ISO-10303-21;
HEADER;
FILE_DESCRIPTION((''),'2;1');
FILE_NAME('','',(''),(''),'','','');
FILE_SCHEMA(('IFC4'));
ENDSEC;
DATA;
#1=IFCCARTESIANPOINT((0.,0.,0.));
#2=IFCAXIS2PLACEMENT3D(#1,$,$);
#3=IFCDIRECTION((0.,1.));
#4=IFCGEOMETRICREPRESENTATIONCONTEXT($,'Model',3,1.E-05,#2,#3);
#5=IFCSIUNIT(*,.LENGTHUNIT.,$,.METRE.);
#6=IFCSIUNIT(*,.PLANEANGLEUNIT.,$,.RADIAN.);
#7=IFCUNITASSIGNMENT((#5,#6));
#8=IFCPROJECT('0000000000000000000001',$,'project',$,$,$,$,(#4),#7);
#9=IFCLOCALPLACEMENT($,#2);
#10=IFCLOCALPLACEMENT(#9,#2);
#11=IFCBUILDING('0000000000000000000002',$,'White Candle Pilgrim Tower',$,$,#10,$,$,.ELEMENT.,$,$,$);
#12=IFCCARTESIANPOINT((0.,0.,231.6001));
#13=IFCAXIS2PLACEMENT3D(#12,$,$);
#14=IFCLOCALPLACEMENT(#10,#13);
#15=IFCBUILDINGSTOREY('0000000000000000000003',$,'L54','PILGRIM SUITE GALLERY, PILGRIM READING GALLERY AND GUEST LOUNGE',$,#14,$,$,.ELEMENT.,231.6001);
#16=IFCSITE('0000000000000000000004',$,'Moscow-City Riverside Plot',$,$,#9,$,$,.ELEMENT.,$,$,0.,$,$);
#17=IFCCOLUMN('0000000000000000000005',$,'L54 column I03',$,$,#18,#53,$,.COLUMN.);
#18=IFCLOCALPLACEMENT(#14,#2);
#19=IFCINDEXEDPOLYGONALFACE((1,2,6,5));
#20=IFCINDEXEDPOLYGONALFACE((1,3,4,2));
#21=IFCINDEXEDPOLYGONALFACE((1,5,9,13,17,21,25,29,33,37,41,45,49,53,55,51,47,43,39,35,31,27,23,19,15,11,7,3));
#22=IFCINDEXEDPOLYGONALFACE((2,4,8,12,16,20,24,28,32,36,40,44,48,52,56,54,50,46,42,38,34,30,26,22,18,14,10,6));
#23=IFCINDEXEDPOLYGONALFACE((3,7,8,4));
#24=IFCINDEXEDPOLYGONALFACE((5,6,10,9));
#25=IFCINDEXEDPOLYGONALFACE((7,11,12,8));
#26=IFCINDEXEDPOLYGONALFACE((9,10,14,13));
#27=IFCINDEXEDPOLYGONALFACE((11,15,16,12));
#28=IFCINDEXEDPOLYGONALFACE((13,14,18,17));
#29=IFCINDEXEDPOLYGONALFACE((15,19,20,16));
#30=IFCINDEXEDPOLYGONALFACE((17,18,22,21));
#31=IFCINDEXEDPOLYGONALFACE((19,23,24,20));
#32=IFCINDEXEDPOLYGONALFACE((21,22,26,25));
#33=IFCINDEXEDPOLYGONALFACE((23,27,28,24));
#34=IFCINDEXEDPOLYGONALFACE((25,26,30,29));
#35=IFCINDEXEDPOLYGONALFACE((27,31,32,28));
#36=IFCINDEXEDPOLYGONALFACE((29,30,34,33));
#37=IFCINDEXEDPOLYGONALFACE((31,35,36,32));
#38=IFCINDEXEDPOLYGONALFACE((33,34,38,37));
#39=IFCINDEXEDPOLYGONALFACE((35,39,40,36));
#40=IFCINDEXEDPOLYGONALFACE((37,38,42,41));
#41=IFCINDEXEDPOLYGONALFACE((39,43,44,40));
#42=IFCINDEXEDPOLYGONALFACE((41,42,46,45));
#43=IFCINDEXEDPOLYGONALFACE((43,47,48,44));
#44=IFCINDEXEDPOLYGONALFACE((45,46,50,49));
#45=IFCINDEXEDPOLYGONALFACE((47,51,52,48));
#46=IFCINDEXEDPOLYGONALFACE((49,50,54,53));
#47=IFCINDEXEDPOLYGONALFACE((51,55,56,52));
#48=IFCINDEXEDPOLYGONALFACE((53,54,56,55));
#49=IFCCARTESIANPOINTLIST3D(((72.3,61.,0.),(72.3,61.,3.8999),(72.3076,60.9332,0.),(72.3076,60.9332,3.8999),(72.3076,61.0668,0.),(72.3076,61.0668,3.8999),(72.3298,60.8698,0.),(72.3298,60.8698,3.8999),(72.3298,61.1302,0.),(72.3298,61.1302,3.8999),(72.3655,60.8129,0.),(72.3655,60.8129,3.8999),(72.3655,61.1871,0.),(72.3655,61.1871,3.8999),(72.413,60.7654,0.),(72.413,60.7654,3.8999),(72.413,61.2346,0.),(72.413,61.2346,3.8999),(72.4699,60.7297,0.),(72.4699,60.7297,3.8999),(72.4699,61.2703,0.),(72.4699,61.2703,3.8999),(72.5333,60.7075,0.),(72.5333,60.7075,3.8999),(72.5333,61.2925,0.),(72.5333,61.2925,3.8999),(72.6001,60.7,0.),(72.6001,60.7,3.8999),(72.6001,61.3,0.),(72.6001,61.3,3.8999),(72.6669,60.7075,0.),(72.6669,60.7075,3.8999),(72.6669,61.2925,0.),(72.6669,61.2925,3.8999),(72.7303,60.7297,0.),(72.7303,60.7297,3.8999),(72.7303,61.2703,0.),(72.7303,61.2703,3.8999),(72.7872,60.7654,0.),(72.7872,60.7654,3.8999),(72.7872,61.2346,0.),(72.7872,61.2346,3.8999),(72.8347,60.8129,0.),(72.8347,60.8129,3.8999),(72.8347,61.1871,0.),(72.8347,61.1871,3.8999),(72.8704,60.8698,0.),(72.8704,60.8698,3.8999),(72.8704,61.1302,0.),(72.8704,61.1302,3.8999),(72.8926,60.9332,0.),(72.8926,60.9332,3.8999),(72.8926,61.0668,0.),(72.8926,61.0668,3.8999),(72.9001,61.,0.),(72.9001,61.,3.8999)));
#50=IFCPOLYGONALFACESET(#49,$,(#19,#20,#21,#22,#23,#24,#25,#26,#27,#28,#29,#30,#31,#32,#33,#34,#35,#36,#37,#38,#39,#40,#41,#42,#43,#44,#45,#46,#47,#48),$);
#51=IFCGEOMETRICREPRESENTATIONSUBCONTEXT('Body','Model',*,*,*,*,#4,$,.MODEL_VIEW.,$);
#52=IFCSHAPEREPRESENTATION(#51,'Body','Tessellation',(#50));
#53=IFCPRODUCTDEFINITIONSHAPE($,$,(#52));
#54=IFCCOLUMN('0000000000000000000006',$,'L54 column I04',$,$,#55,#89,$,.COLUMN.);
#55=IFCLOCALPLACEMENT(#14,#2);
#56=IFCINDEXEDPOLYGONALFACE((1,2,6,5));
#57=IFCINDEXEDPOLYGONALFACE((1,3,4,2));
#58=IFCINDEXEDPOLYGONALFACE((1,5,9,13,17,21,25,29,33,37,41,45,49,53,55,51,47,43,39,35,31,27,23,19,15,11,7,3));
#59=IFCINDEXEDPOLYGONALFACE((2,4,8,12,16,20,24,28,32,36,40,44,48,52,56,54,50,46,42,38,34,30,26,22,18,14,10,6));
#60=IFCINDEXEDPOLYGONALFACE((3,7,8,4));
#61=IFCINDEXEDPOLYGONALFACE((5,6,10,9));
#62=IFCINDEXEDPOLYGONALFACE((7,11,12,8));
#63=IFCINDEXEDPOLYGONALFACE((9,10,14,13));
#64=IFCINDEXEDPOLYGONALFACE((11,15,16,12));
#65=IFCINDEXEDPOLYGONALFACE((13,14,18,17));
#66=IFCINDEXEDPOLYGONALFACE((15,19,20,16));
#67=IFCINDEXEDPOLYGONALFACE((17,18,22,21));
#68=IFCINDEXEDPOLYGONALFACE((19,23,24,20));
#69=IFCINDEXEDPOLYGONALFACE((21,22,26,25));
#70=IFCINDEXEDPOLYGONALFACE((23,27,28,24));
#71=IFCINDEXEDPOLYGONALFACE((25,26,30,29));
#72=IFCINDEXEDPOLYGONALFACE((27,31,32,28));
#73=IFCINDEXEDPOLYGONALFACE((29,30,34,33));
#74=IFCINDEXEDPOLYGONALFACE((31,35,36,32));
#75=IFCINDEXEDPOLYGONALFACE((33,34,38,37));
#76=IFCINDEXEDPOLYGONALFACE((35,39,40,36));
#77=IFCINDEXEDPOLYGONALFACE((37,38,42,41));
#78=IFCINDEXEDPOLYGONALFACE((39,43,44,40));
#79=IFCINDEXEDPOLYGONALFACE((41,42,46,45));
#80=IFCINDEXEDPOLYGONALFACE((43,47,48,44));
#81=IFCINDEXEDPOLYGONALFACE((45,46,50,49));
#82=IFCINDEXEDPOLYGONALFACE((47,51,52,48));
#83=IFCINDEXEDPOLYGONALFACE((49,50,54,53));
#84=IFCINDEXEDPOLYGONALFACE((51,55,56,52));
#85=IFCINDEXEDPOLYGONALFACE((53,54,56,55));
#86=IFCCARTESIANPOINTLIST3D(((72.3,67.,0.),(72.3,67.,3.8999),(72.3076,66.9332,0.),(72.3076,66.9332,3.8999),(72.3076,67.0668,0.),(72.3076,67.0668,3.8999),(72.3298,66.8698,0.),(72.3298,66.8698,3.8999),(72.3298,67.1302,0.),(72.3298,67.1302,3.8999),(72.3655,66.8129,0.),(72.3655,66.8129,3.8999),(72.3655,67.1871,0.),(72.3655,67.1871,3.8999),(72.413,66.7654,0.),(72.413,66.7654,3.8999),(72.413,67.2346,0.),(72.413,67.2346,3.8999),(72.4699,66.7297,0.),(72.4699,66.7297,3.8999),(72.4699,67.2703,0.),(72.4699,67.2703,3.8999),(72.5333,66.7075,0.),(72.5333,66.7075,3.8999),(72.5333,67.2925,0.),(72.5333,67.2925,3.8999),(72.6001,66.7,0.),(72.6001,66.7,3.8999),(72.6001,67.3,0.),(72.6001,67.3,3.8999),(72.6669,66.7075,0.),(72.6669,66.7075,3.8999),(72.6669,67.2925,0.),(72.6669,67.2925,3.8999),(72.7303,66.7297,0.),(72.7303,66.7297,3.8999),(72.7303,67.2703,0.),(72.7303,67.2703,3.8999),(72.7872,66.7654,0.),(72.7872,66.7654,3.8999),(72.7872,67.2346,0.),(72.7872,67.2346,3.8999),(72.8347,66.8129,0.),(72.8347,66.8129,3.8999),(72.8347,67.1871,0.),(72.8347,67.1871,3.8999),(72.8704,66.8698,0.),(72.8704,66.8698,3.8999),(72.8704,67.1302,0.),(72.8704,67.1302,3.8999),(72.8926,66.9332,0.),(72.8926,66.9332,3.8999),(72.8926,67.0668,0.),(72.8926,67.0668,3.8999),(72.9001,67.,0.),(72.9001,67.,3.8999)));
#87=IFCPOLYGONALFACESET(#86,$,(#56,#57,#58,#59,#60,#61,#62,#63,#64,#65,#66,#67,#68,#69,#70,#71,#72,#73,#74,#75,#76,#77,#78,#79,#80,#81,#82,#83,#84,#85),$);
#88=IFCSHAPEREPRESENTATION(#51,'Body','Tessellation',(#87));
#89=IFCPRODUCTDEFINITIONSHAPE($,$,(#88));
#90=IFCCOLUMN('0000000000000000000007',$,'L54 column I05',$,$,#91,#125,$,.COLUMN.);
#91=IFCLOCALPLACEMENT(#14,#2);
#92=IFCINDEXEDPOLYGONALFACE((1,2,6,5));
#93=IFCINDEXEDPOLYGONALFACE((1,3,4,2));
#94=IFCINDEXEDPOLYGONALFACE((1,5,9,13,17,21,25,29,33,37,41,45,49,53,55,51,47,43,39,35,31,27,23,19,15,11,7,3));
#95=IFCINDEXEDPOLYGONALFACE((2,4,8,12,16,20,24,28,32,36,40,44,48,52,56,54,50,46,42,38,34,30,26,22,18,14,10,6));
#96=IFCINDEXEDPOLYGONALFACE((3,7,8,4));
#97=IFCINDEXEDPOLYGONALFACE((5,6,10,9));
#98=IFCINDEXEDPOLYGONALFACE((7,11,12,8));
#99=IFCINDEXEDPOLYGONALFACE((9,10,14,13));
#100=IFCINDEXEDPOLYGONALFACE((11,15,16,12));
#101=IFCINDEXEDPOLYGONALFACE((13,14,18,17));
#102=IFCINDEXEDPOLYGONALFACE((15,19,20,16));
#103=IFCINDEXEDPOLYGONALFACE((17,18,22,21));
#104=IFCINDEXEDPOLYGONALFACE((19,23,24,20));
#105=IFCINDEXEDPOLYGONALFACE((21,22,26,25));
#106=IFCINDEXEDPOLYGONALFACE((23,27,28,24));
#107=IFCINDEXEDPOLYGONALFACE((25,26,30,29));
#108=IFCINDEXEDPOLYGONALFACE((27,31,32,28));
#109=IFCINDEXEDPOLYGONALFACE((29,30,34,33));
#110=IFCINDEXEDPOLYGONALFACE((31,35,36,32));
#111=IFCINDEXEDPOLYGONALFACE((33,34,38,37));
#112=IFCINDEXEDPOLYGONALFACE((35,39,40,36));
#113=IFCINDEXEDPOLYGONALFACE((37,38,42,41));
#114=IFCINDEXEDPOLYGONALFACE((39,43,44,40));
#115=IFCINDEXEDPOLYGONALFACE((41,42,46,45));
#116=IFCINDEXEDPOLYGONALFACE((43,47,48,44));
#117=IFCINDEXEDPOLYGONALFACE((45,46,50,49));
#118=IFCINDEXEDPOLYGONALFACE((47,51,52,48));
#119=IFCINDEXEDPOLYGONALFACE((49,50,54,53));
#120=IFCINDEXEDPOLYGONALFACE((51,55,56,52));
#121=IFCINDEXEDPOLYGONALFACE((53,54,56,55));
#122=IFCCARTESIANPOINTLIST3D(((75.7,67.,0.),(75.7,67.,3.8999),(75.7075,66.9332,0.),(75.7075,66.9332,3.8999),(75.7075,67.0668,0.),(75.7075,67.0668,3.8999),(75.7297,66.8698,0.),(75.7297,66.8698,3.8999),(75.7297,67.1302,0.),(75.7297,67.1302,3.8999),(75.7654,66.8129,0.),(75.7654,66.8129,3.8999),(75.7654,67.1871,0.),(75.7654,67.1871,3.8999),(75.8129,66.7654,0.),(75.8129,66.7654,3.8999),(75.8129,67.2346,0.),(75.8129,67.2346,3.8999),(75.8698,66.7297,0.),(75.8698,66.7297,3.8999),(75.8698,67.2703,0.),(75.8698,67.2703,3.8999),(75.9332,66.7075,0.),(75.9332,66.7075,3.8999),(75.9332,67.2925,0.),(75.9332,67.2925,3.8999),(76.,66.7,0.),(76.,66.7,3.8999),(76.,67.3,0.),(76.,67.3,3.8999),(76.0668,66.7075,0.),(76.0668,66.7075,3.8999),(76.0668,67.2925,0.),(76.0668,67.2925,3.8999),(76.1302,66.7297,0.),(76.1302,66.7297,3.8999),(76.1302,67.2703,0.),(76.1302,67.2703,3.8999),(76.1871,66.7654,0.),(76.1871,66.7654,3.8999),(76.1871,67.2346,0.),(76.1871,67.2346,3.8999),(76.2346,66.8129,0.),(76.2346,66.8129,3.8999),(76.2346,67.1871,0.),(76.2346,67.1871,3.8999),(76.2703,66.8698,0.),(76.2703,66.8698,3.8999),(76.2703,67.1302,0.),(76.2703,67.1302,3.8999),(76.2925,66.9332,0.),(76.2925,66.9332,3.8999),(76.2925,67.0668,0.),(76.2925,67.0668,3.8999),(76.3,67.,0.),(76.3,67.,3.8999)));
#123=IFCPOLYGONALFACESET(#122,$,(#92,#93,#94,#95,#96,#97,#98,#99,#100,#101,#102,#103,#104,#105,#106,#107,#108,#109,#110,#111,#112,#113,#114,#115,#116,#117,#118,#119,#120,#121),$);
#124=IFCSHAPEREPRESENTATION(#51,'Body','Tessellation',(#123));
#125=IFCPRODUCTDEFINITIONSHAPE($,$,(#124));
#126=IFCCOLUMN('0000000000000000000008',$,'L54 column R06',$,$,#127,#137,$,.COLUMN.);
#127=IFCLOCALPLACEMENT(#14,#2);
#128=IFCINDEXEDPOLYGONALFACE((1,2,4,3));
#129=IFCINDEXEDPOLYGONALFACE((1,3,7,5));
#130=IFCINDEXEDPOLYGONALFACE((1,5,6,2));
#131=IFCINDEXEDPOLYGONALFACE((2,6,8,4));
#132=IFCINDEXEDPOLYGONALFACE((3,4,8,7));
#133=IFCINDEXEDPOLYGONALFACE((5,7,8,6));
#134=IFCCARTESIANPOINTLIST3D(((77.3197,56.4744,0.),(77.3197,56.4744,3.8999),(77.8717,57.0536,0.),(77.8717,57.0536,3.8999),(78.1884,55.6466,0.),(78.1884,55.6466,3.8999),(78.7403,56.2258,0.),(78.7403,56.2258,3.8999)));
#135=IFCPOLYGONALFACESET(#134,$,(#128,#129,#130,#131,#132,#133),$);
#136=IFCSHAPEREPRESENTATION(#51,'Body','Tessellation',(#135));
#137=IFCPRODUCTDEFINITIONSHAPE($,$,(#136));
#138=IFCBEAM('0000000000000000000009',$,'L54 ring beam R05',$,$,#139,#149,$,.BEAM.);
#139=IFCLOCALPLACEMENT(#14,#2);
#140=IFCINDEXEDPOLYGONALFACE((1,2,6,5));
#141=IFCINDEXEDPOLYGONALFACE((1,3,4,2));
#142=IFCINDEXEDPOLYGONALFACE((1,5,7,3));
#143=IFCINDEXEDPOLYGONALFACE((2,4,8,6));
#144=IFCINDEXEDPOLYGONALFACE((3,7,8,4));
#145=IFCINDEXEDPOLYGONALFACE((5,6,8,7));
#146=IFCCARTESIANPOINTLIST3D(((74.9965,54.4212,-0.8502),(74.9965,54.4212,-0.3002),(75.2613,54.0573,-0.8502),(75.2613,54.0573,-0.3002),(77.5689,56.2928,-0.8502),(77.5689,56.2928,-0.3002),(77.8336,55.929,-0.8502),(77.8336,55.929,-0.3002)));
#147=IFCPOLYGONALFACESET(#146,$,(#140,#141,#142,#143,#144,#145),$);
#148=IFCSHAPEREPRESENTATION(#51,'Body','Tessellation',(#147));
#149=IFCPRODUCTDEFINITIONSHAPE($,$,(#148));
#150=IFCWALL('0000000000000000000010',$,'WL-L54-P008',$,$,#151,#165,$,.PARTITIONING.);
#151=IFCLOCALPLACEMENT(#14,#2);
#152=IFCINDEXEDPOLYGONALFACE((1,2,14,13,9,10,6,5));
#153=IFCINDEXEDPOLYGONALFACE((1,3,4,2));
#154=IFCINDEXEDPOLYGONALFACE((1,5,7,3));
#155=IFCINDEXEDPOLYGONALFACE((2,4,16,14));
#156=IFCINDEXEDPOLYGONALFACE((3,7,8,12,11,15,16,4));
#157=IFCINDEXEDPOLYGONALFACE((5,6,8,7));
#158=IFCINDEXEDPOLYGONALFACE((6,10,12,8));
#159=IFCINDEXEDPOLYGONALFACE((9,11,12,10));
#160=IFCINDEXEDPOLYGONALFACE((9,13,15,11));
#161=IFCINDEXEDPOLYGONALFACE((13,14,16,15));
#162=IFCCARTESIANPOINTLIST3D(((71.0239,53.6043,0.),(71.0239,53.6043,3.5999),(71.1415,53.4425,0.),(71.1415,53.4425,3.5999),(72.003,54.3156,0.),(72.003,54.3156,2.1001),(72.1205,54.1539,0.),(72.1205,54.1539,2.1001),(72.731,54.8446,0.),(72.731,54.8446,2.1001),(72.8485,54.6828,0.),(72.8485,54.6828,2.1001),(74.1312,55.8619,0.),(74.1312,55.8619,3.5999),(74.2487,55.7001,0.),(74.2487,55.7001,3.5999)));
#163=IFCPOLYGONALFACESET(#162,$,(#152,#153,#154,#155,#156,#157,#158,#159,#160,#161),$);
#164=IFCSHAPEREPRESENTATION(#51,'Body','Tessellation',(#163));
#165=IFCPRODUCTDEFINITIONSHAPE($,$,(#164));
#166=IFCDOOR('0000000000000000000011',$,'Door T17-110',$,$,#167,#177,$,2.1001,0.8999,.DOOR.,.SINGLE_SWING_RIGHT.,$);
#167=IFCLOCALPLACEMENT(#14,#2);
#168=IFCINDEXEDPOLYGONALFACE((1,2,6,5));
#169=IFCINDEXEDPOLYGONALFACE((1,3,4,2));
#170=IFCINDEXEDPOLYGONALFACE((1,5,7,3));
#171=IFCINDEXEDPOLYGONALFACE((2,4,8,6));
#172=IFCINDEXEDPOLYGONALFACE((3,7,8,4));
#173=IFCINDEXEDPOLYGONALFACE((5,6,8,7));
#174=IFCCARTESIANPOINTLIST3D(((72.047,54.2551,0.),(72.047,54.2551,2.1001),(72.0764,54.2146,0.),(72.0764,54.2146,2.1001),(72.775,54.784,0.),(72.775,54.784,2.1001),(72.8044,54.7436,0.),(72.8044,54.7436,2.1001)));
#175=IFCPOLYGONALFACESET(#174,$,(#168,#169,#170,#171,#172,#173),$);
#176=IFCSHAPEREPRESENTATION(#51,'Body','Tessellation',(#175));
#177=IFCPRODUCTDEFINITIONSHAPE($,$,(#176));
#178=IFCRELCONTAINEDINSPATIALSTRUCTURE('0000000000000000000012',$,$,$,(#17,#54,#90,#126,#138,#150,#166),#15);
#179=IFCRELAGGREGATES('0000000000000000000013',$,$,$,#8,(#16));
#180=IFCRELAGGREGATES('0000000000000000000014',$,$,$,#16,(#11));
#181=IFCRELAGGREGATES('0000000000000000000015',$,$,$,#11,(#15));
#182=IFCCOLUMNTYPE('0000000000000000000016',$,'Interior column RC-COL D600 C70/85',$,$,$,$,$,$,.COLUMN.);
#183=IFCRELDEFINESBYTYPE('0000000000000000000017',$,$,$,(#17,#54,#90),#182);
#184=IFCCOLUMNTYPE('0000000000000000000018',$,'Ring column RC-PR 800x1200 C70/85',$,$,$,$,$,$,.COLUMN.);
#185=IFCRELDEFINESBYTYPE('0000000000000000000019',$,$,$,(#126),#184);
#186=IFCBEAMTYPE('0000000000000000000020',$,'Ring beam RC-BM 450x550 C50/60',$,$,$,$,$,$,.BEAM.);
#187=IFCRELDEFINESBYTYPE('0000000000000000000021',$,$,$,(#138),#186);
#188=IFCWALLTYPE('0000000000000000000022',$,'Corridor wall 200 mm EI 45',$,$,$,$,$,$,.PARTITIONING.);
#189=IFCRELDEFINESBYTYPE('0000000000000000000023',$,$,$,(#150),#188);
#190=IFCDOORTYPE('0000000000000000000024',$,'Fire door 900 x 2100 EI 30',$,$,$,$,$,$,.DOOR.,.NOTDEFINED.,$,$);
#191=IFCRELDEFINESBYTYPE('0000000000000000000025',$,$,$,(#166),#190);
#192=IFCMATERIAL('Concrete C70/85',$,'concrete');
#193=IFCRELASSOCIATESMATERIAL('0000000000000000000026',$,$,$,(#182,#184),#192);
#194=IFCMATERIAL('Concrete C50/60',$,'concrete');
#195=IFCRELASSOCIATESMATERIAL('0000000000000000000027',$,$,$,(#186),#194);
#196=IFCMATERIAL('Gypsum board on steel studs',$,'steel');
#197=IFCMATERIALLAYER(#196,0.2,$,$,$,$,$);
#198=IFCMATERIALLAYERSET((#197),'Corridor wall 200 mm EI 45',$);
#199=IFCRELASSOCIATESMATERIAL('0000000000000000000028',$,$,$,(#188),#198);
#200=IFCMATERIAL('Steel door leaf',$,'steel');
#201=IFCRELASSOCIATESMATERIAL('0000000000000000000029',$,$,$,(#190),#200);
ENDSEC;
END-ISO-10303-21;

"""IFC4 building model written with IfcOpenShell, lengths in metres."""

from ifc_helpers import new_model, si_unit, direction, frame, frame_2d, origin, origin_2d, place, context, subcontext, project, spatial, rectangle, circle, extrude, material, layer, layer_set, material_profile, profile_set, type_object, element, fill, save


model = new_model("IFC4")

# Units and contexts
model_context = context("Model", 3, precision=1e-05, world=origin(), true_north=direction((0.0, 1.0)))
body_context = subcontext(model_context, "Body", "Model", "MODEL_VIEW")
ifc_project = project(units=[si_unit("LENGTHUNIT", "METRE"), si_unit("PLANEANGLEUNIT", "RADIAN")], contexts=[model_context])

# Site, building, storey
site_placement = place(None, origin())
site = spatial("IfcSite", under=ifc_project, at=site_placement, Name="Moscow-City Riverside Plot", CompositionType="ELEMENT", RefElevation=0.0)
building_placement = place(site_placement, origin())
building = spatial("IfcBuilding", under=site, at=building_placement, Name="White Candle Pilgrim Tower", CompositionType="ELEMENT")
storey_placement = place(building_placement, frame((0.0, 0.0, 231.6001)))
storey = spatial("IfcBuildingStorey", under=building, at=storey_placement, Name="L54", Description="PILGRIM SUITE GALLERY, PILGRIM READING GALLERY AND GUEST LOUNGE", CompositionType="ELEMENT", Elevation=231.6001)

# Columns
ifc_material_1 = material(Name="Concrete C70/85", Category="concrete")
ifc_material_profile_1 = material_profile(ifc_material_1, circle(Radius=0.3, at=origin_2d()), Name="RC-COL D600")
ifc_profile_set_1 = profile_set([ifc_material_profile_1], Name="Concrete C70/85")
column_type_1 = type_object("IfcColumnType", Name="Interior column RC-COL D600 C70/85", PredefinedType="COLUMN", material=ifc_profile_set_1)
for number, where, z_axis, x_axis, name in (
    (1, (72.6001, 61.0, 0.0), (0.0, 0.0, 1.0), (1.0, 0.0, 0.0), "L54 column I03"),
    (2, (72.6001, 67.0, 0.0), (0.0, 0.0, 1.0), (1.0, 0.0, 0.0), "L54 column I04"),
    (3, (76.0, 67.0, 0.0), (0.0, 0.0, 1.0), (1.0, 0.0, 0.0), "L54 column I05"),
):
    element("IfcColumn", number, at=place(storey_placement, frame(where, z_axis=z_axis, x_axis=x_axis)), inside=storey, type_object=column_type_1, Name=name, PredefinedType="COLUMN", context=body_context, shape_type="SweptSolid", body=[
        extrude(circle(Radius=0.3, at=origin_2d()), origin(), (0.0, 0.0, 1.0), 3.8999),
    ])
ifc_material_profile_2 = material_profile(ifc_material_1, rectangle(XDim=0.8, YDim=1.2, at=origin_2d()), Name="RC-PR 800x1200")
ifc_profile_set_2 = profile_set([ifc_material_profile_2], Name="Concrete C70/85")
column_type_2 = type_object("IfcColumnType", Name="Ring column RC-PR 800x1200 C70/85", PredefinedType="COLUMN", material=ifc_profile_set_2)
column_placement = place(storey_placement, frame((78.03, 56.3501, 0.0), z_axis=(0.0, 0.0, 1.0), x_axis=(-0.689872, -0.723931, 0.0)))
element("IfcColumn", 4, at=column_placement, inside=storey, type_object=column_type_2, Name="L54 column R06", PredefinedType="COLUMN", context=body_context, shape_type="SweptSolid", body=[
    extrude(rectangle(XDim=0.8, YDim=1.2, at=origin_2d()), origin(), (0.0, 0.0, 1.0), 3.8999),
])

# Beam
ifc_material_2 = material(Name="Concrete C50/60", Category="concrete")
ifc_material_profile_3 = material_profile(ifc_material_2, rectangle(XDim=0.45, YDim=0.55, at=origin_2d()), Name="RC-BM 450x550")
ifc_profile_set_3 = profile_set([ifc_material_profile_3], Name="Concrete C50/60")
beam_type = type_object("IfcBeamType", Name="Ring beam RC-BM 450x550 C50/60", PredefinedType="BEAM", material=ifc_profile_set_3)
beam_placement = place(storey_placement, frame((75.1289, 54.2393, -0.5752), z_axis=(0.80861, 0.588345, 0.0), x_axis=(-0.588345, 0.80861, 0.0)))
element("IfcBeam", 5, at=beam_placement, inside=storey, type_object=beam_type, Name="L54 ring beam R05", PredefinedType="BEAM", context=body_context, shape_type="SweptSolid", body=[
    extrude(rectangle(XDim=0.45, YDim=0.55, at=origin_2d()), origin(), (0.0, 0.0, 1.0), 3.1812),
])

# Wall, opening, door
ifc_material_3 = material(Name="Gypsum board on steel studs", Category="steel")
ifc_layer_1 = layer(ifc_material_3, 0.2)
ifc_layer_set_1 = layer_set([ifc_layer_1], Name="Corridor wall 200 mm EI 45")
wall_type_1 = type_object("IfcWallType", Name="Corridor wall 200 mm EI 45", PredefinedType="PARTITIONING", material=ifc_layer_set_1)
wall_1_placement = place(storey_placement, frame((74.1899, 55.781, 0.0), z_axis=(0.0, 0.0, 1.0), x_axis=(-0.809008, -0.587797, 0.0)))
wall_1 = element("IfcWall", 6, at=wall_1_placement, inside=storey, type_object=wall_type_1, Name="WL-L54-P008", PredefinedType="PARTITIONING", context=body_context, shape_type="SweptSolid", body=[
    extrude(rectangle(XDim=3.8408, YDim=0.2, at=frame_2d((1.9204, 0.0))), origin(), (0.0, 0.0, 1.0), 3.5999),
])
opening_1_placement = place(wall_1_placement, frame((1.7307, 0.0, 0.0)))
opening_1 = element("IfcOpeningElement", 7, at=opening_1_placement, cuts=wall_1, PredefinedType="OPENING", context=body_context, shape_type="SweptSolid", body=[
    extrude(rectangle(XDim=0.8999, YDim=2.1001, at=frame_2d((0.45, 1.05))), frame((0.0, 0.1099, 0.0), z_axis=(0.0, -1.0, 0.0), x_axis=(1.0, 0.0, 0.0)), (0.0, 0.0, 1.0), 0.22),
])
ifc_material_4 = material(Name="Steel door leaf", Category="steel")
door_type_1 = type_object("IfcDoorType", Name="Fire door 900 x 2100 EI 30", OperationType="NOTDEFINED", PredefinedType="DOOR", material=ifc_material_4)
door_1_placement = place(opening_1_placement, origin())
door_1 = element("IfcDoor", 8, at=door_1_placement, inside=storey, type_object=door_type_1, Name="Door T17-110", OperationType="SINGLE_SWING_RIGHT", OverallHeight=2.1001, OverallWidth=0.8999, PredefinedType="DOOR", context=body_context, shape_type="SweptSolid", body=[
    extrude(rectangle(XDim=0.8999, YDim=2.1001, at=frame_2d((0.45, 1.05))), frame((0.0, 0.0249, 0.0), z_axis=(0.0, -1.0, 0.0), x_axis=(1.0, 0.0, 0.0)), (0.0, 0.0, 1.0), 0.05),
])
fill(opening_1, door_1)

save(model, "model.ifc")
